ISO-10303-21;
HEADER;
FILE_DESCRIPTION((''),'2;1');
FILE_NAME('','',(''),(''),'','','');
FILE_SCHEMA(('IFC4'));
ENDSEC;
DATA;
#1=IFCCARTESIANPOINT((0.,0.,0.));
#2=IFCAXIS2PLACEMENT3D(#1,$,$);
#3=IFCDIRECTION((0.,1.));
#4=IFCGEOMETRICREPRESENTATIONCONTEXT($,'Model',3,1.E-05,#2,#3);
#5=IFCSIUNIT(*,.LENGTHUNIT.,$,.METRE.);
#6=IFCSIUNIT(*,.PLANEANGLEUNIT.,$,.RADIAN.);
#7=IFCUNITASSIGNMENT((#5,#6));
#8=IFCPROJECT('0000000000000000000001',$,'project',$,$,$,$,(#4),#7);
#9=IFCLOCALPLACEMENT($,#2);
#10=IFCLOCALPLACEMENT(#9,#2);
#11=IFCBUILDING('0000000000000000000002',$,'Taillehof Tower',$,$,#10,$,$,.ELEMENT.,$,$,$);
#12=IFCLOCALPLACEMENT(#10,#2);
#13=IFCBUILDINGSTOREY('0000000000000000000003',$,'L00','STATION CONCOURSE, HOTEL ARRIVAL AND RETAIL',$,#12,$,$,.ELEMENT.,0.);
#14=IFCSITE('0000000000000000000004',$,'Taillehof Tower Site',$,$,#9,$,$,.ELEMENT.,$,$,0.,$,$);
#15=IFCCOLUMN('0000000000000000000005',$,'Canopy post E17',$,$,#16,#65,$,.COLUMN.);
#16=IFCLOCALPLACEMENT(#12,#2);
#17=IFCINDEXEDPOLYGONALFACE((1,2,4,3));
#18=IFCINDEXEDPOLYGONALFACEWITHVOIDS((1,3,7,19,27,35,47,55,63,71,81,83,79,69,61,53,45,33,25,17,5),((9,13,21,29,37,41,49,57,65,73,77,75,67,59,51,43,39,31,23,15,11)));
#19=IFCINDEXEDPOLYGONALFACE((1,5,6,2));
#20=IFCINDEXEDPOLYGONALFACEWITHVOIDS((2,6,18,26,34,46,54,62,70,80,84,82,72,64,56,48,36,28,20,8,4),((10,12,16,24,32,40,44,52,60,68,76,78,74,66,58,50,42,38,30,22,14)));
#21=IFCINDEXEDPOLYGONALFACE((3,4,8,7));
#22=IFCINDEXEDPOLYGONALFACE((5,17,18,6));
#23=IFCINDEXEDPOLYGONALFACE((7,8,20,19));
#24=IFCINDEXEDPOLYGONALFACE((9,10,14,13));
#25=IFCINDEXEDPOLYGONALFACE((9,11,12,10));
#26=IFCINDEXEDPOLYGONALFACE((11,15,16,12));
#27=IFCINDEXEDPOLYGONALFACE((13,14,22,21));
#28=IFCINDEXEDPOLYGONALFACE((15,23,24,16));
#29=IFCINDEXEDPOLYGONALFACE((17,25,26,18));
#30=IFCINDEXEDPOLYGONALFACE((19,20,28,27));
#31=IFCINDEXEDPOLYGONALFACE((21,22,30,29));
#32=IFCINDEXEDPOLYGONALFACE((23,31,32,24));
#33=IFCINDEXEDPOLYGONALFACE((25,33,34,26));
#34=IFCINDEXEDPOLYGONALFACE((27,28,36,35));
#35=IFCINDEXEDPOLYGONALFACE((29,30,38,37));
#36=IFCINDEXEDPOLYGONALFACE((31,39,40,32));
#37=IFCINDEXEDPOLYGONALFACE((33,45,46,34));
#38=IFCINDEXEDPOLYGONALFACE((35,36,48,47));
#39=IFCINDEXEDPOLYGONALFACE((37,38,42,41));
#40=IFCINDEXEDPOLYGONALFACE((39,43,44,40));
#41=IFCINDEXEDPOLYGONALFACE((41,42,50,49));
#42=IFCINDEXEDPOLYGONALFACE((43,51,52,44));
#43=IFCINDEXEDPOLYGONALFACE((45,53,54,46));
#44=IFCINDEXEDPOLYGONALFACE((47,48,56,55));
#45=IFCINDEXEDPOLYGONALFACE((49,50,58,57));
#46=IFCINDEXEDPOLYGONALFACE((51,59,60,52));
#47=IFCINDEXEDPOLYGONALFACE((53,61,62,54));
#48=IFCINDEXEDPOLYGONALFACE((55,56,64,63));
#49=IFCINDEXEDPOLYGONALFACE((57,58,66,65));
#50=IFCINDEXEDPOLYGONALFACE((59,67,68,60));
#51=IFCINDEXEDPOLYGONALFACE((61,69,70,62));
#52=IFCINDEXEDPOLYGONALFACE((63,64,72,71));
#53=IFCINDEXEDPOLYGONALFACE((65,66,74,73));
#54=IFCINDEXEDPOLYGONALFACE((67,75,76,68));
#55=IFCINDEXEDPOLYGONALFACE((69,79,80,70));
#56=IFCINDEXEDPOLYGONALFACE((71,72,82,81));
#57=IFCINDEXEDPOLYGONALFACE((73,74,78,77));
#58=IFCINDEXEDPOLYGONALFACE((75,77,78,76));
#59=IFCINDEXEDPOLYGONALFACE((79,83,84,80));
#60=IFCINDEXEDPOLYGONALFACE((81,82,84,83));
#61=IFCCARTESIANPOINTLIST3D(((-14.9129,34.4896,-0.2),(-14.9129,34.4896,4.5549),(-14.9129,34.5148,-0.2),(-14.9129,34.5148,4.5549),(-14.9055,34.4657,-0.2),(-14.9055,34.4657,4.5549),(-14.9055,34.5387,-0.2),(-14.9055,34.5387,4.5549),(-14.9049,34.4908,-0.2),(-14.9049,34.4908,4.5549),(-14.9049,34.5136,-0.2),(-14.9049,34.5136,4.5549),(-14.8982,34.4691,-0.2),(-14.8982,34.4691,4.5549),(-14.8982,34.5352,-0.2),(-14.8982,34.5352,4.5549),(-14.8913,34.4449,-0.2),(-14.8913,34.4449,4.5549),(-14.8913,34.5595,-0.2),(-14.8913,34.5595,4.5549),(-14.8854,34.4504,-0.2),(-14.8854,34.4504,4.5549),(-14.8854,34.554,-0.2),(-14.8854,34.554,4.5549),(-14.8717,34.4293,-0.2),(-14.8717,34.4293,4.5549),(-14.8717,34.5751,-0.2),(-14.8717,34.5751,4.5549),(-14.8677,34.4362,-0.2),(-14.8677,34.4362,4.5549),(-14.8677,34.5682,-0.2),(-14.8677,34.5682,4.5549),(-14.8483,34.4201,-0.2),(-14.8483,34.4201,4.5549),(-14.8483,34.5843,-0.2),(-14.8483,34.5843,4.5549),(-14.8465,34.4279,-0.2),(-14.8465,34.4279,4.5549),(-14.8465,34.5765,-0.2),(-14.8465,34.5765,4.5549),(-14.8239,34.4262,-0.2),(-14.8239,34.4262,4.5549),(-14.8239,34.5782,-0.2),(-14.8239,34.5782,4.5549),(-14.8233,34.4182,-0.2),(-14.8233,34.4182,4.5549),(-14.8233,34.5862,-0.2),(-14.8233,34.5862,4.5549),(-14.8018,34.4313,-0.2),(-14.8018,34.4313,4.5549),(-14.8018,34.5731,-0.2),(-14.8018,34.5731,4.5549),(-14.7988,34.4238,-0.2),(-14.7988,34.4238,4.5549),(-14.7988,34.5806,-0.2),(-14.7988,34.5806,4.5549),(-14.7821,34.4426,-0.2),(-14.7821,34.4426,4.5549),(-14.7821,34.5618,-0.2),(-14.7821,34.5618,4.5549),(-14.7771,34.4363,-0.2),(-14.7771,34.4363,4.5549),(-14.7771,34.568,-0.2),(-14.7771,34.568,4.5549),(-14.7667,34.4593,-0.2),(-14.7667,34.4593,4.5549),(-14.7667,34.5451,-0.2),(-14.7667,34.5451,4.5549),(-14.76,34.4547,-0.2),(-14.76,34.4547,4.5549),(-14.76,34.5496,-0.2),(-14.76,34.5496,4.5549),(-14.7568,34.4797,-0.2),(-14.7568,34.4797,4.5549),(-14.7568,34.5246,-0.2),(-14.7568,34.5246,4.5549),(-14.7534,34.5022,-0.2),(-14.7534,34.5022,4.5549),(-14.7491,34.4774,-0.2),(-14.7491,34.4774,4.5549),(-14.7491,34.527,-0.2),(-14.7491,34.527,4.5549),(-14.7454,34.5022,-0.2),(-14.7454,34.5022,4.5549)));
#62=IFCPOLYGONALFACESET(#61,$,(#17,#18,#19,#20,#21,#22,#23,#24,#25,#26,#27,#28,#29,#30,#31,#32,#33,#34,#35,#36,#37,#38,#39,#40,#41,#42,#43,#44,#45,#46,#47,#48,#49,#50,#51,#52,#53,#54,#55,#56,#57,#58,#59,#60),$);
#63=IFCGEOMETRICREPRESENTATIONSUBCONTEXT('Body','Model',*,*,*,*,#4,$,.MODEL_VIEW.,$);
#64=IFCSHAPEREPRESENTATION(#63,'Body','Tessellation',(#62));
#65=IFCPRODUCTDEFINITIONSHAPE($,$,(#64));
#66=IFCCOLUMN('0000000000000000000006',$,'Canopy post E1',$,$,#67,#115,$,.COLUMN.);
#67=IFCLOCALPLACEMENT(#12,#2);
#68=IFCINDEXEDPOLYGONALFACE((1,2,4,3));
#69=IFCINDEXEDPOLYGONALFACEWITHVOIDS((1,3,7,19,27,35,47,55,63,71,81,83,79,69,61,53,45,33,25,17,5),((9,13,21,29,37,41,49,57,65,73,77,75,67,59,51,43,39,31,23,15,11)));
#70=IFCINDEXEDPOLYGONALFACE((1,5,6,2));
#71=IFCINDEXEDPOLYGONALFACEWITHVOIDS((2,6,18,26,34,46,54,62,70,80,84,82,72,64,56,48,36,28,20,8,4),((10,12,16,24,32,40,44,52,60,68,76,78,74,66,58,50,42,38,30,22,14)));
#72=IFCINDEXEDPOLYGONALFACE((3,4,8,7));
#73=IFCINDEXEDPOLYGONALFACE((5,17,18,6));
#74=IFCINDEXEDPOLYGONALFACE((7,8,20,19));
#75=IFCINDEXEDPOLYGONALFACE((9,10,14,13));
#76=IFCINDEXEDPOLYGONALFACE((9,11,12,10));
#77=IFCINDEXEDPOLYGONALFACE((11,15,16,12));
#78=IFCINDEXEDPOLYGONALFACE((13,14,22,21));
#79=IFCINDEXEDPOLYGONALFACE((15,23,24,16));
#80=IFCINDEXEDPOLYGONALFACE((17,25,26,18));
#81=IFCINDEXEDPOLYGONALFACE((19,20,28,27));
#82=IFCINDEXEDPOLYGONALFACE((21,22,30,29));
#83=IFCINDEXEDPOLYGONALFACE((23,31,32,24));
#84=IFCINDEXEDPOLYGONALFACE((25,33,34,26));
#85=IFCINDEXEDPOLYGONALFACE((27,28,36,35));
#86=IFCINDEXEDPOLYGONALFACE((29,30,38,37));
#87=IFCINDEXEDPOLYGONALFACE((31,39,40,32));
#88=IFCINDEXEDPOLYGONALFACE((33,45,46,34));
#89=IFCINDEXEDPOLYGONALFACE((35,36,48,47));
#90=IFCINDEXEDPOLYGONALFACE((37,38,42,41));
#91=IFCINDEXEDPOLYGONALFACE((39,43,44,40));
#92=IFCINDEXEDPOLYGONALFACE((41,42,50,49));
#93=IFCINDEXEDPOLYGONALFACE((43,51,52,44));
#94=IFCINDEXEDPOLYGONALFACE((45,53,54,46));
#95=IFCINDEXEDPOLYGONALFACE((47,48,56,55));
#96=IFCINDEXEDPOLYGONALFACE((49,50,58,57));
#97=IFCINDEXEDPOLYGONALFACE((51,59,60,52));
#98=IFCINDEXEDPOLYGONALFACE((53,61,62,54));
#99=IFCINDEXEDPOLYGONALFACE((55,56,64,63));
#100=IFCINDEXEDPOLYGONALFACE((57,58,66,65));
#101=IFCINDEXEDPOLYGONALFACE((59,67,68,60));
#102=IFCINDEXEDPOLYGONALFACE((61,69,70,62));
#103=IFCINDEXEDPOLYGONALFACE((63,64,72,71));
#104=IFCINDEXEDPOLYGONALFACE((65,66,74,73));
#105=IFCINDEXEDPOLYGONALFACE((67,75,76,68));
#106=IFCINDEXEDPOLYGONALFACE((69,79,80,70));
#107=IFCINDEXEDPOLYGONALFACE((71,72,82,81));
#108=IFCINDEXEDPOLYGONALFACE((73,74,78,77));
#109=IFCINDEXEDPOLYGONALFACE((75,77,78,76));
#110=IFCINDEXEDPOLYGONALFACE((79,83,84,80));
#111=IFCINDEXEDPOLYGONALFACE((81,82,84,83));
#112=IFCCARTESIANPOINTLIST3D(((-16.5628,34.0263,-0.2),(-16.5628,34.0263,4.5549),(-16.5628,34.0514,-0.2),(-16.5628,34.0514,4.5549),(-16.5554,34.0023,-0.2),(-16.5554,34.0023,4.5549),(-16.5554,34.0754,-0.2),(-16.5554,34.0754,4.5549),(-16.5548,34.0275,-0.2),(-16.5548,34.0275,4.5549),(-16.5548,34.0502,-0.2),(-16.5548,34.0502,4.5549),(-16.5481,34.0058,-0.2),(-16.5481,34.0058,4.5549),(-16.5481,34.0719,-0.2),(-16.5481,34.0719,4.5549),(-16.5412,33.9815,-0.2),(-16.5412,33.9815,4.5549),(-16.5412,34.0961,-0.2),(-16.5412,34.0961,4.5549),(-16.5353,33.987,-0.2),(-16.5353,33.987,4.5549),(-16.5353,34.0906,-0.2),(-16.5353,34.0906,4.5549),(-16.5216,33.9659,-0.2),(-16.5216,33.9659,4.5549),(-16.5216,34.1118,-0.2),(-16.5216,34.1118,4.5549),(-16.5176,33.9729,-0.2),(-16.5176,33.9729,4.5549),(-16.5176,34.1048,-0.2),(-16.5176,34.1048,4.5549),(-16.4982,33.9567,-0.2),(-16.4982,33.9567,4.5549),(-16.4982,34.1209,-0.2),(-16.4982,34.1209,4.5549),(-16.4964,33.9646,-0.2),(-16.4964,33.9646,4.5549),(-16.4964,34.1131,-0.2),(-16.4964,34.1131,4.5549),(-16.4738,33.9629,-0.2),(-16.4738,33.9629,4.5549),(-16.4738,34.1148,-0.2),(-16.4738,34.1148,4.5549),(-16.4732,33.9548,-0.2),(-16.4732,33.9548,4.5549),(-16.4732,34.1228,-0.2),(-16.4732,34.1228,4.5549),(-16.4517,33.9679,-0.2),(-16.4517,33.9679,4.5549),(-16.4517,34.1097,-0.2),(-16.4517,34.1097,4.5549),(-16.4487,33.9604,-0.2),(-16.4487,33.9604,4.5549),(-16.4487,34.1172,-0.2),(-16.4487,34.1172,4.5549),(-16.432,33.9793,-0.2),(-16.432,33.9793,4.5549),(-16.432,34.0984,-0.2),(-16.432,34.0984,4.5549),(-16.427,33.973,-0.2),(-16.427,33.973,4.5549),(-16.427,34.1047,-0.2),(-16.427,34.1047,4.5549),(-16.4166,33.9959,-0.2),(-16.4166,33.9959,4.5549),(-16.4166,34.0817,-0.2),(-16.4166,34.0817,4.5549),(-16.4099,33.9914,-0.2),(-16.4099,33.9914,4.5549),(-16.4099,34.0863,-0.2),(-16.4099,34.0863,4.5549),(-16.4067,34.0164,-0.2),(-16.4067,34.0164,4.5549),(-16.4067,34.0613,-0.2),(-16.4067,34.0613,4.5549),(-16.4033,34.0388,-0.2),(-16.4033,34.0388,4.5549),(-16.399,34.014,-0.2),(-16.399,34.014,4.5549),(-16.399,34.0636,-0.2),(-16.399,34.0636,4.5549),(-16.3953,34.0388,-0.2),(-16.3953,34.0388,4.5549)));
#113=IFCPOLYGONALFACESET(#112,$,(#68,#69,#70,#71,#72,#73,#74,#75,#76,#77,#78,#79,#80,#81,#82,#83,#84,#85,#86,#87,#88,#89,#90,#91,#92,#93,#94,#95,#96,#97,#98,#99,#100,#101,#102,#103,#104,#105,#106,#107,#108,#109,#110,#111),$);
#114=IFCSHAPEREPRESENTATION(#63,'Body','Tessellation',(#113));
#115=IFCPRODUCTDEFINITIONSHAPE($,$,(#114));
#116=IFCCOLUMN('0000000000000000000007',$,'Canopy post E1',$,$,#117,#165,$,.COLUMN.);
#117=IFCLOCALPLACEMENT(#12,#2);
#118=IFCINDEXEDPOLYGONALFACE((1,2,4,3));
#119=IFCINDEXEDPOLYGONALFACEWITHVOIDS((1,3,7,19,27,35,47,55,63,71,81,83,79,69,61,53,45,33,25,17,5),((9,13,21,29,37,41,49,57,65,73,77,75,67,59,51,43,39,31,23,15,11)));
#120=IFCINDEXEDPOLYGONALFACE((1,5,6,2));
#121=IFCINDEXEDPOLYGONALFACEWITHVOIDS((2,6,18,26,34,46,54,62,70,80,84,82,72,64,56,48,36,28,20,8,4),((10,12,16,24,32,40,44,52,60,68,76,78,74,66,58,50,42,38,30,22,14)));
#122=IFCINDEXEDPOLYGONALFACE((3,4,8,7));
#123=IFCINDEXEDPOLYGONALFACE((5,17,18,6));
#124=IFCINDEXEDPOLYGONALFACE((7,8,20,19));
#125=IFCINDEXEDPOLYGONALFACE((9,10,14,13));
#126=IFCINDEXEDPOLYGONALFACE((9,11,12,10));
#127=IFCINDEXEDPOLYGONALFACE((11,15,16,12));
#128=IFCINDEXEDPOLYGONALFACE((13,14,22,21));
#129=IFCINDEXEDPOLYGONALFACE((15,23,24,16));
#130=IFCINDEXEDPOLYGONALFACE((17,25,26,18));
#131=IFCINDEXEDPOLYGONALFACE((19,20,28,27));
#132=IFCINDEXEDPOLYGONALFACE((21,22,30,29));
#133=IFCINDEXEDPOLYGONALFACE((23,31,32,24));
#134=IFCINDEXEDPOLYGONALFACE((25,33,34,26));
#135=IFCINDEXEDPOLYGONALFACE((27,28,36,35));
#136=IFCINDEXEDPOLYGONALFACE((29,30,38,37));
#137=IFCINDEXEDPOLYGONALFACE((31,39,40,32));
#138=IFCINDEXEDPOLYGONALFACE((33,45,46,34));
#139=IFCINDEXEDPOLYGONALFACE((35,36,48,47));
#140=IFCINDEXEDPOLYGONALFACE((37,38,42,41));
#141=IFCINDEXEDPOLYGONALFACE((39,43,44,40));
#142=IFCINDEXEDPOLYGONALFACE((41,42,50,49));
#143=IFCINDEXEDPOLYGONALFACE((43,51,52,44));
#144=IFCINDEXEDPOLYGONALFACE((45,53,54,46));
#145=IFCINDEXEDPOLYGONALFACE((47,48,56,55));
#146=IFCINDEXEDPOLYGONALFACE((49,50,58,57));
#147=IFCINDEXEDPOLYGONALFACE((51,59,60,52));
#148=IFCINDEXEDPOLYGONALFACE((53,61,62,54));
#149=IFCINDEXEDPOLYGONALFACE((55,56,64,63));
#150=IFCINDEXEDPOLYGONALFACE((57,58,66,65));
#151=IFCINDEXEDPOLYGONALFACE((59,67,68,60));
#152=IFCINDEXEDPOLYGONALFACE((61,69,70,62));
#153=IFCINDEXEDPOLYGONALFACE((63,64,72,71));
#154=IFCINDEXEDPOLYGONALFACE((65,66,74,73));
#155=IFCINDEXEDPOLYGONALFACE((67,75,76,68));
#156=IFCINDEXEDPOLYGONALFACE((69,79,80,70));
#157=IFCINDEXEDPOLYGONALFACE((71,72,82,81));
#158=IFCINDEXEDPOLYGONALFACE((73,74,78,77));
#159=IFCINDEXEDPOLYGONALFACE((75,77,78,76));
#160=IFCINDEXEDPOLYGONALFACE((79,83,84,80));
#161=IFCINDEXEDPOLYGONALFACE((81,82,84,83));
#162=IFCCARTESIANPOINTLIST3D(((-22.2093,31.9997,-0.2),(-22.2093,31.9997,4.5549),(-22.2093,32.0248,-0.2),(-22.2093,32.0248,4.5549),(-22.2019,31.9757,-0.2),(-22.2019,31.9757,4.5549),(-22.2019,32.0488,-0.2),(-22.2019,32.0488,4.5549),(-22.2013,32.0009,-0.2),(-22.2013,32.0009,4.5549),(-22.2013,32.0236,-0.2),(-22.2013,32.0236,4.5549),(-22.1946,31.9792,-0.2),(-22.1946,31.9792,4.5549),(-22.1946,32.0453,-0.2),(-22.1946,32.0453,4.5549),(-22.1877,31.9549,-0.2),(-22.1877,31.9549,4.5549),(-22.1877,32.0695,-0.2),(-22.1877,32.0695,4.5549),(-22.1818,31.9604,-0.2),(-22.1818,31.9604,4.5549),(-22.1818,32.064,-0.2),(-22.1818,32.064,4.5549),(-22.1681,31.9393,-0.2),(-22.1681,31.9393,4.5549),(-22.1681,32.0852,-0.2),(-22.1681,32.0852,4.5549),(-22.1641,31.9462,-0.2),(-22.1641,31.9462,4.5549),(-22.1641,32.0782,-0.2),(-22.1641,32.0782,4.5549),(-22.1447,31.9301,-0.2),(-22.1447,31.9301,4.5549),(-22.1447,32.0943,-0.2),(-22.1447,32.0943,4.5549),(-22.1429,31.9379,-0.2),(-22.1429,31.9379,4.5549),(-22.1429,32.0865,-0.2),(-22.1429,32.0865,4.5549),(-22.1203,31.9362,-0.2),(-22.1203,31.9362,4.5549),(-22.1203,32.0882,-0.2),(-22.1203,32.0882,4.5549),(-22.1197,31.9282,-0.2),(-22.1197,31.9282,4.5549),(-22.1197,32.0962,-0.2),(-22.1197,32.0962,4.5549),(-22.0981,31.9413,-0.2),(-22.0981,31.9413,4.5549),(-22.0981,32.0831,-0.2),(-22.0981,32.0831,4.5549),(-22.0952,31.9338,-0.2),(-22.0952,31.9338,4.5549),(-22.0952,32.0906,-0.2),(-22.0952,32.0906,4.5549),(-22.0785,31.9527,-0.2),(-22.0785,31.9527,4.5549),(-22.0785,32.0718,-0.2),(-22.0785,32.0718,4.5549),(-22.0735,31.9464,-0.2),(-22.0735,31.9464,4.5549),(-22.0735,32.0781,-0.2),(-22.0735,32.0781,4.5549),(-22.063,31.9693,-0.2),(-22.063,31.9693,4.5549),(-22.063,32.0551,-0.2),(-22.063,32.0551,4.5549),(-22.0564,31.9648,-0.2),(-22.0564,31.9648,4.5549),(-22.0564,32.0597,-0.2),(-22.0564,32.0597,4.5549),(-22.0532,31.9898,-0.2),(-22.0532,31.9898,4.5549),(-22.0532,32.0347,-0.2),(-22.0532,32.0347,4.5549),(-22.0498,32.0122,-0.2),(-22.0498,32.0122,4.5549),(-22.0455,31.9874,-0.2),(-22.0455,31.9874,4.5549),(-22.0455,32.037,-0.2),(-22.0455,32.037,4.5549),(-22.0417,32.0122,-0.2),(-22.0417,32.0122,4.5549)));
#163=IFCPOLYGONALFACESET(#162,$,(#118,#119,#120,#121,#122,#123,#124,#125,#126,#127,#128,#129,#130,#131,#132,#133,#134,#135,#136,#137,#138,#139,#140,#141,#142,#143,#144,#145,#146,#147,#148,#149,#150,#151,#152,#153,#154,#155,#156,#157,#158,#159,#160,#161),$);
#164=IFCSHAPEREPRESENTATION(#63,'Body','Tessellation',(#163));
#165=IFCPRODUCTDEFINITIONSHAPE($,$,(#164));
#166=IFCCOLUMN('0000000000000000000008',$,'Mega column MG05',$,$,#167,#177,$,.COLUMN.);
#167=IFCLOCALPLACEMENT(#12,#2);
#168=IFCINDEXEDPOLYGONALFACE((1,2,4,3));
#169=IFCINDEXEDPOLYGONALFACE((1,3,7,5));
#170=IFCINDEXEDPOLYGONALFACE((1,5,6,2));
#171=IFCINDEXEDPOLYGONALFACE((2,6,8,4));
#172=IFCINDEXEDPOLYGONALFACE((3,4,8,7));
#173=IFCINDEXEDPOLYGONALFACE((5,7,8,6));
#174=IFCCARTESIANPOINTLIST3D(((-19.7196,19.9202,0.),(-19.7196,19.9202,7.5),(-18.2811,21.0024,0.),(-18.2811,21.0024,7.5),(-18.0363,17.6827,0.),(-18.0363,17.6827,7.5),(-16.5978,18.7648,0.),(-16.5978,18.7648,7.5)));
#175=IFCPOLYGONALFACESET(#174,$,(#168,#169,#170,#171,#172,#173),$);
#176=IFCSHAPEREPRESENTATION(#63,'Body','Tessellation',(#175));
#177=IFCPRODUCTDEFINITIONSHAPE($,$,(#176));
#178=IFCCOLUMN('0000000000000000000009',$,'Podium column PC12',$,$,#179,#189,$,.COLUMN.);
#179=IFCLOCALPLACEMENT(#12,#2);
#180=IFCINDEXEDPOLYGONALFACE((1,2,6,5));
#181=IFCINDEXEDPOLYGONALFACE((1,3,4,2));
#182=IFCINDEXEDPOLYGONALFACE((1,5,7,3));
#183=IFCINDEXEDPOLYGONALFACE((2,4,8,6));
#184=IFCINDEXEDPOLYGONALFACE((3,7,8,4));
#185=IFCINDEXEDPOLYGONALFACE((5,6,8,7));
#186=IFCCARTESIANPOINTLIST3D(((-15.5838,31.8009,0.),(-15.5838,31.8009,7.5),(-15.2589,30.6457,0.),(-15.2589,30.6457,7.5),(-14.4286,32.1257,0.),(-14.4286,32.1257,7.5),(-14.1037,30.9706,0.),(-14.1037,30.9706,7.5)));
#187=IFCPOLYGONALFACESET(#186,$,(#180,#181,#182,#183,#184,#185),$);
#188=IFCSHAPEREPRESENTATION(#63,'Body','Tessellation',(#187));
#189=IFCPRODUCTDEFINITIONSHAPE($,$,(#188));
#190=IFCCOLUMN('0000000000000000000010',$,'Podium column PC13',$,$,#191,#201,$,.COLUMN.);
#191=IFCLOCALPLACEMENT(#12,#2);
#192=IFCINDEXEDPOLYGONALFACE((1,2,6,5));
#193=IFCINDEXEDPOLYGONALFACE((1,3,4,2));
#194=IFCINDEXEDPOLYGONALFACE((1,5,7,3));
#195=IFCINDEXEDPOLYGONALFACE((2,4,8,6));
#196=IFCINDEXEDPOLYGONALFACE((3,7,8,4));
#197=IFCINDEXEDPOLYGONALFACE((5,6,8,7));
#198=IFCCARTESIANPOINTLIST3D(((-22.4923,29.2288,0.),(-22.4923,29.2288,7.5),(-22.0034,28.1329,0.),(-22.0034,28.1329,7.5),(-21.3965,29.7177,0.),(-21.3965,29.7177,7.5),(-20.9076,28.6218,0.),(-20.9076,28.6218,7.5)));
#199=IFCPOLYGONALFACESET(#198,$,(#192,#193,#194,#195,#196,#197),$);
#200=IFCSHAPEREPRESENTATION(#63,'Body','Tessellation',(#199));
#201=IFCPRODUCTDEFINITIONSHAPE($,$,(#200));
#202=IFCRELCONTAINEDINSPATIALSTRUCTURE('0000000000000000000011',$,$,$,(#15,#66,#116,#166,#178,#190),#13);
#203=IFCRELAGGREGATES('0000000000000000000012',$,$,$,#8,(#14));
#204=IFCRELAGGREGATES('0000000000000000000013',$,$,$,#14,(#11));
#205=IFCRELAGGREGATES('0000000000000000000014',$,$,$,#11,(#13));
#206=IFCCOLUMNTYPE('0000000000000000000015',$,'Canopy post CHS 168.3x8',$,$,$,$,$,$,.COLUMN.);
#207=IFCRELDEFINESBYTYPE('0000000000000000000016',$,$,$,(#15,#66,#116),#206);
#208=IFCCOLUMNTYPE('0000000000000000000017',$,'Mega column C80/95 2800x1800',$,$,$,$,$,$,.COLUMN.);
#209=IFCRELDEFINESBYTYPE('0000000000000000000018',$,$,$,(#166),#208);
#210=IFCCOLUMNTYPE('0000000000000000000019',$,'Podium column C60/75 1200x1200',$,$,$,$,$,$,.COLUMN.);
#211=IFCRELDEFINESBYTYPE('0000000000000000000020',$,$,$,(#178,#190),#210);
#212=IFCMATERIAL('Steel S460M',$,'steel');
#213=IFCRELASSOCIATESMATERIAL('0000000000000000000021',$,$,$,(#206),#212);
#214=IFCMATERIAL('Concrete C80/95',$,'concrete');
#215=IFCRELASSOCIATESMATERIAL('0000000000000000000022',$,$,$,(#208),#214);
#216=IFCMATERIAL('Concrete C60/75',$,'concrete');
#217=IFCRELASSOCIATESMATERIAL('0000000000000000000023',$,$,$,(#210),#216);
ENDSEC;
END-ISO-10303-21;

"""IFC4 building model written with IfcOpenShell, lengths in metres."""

from ifc_helpers import new_model, si_unit, direction, frame, origin, origin_2d, place, context, subcontext, project, spatial, rectangle, hollow_circle, extrude, material, material_profile, profile_set, type_object, element, save


model = new_model("IFC4")

# Units and contexts
model_context = context("Model", 3, precision=1e-05, world=origin(), true_north=direction((0.0, 1.0)))
body_context = subcontext(model_context, "Body", "Model", "MODEL_VIEW")
ifc_project = project(units=[si_unit("LENGTHUNIT", "METRE"), si_unit("PLANEANGLEUNIT", "RADIAN")], contexts=[model_context])

# Site, building, storey
site_placement = place(None, origin())
site = spatial("IfcSite", under=ifc_project, at=site_placement, Name="Taillehof Tower Site", CompositionType="ELEMENT", RefElevation=0.0)
building_placement = place(site_placement, origin())
building = spatial("IfcBuilding", under=site, at=building_placement, Name="Taillehof Tower", CompositionType="ELEMENT")
storey_placement = place(building_placement, origin())
storey = spatial("IfcBuildingStorey", under=building, at=storey_placement, Name="L00", Description="STATION CONCOURSE, HOTEL ARRIVAL AND RETAIL", CompositionType="ELEMENT", Elevation=0.0)

# Columns
ifc_material_1 = material(Name="Steel S460M", Category="steel")
ifc_material_profile_1 = material_profile(ifc_material_1, hollow_circle(Radius=0.0842, WallThickness=0.0081, at=origin_2d()), Name="CHS 168.3x8")
ifc_profile_set_1 = profile_set([ifc_material_profile_1], Name="Steel S460M")
column_type_1 = type_object("IfcColumnType", Name="Canopy post CHS 168.3x8", PredefinedType="COLUMN", material=ifc_profile_set_1)
for number, where, z_axis, x_axis, name in (
    (1, (-14.8296, 34.5022, -0.2), (0.0, 0.0, 1.0), (1.0, 0.0, 0.0), "Canopy post E17"),
    (2, (-16.4795, 34.0388, -0.2), (0.0, 0.0, 1.0), (1.0, 0.0, 0.0), "Canopy post E1"),
    (3, (-22.126, 32.0122, -0.2), (0.0, 0.0, 1.0), (1.0, 0.0, 0.0), "Canopy post E1"),
):
    element("IfcColumn", number, at=place(storey_placement, frame(where, z_axis=z_axis, x_axis=x_axis)), inside=storey, type_object=column_type_1, Name=name, PredefinedType="COLUMN", context=body_context, shape_type="SweptSolid", body=[
        extrude(hollow_circle(Radius=0.0842, WallThickness=0.0081, at=origin_2d()), origin(), (0.0, 0.0, 1.0), 4.7549),
    ])
ifc_material_2 = material(Name="Concrete C80/95", Category="concrete")
ifc_material_profile_2 = material_profile(ifc_material_2, rectangle(XDim=2.8, YDim=1.8, at=origin_2d()), Name="RC 2800x1800")
ifc_profile_set_2 = profile_set([ifc_material_profile_2], Name="Concrete C80/95")
column_type_2 = type_object("IfcColumnType", Name="Mega column C80/95 2800x1800", PredefinedType="COLUMN", material=ifc_profile_set_2)
column_placement = place(storey_placement, frame((-18.1587, 19.3425, 0.0), z_axis=(0.0, 0.0, 1.0), x_axis=(-0.601174, 0.799118, 0.0)))
element("IfcColumn", 4, at=column_placement, inside=storey, type_object=column_type_2, Name="Mega column MG05", PredefinedType="COLUMN", context=body_context, shape_type="SweptSolid", body=[
    extrude(rectangle(XDim=2.8, YDim=1.8, at=origin_2d()), origin(), (0.0, 0.0, 1.0), 7.5),
])
ifc_material_3 = material(Name="Concrete C60/75", Category="concrete")
ifc_material_profile_3 = material_profile(ifc_material_3, rectangle(XDim=1.2, YDim=1.2, at=origin_2d()), Name="RC 1200x1200")
ifc_profile_set_3 = profile_set([ifc_material_profile_3], Name="Concrete C60/75")
column_type_3 = type_object("IfcColumnType", Name="Podium column C60/75 1200x1200", PredefinedType="COLUMN", material=ifc_profile_set_3)
for number, where, z_axis, x_axis, name in (
    (5, (-14.8438, 31.3857, 0.0), (0.0, 0.0, 1.0), (-0.270745, 0.962651, 0.0), "Podium column PC12"),
    (6, (-21.7, 28.9253, 0.0), (0.0, 0.0, 1.0), (-0.407427, 0.913238, 0.0), "Podium column PC13"),
):
    element("IfcColumn", number, at=place(storey_placement, frame(where, z_axis=z_axis, x_axis=x_axis)), inside=storey, type_object=column_type_3, Name=name, PredefinedType="COLUMN", context=body_context, shape_type="SweptSolid", body=[
        extrude(rectangle(XDim=1.2, YDim=1.2, at=origin_2d()), origin(), (0.0, 0.0, 1.0), 7.5),
    ])

save(model, "model.ifc")
